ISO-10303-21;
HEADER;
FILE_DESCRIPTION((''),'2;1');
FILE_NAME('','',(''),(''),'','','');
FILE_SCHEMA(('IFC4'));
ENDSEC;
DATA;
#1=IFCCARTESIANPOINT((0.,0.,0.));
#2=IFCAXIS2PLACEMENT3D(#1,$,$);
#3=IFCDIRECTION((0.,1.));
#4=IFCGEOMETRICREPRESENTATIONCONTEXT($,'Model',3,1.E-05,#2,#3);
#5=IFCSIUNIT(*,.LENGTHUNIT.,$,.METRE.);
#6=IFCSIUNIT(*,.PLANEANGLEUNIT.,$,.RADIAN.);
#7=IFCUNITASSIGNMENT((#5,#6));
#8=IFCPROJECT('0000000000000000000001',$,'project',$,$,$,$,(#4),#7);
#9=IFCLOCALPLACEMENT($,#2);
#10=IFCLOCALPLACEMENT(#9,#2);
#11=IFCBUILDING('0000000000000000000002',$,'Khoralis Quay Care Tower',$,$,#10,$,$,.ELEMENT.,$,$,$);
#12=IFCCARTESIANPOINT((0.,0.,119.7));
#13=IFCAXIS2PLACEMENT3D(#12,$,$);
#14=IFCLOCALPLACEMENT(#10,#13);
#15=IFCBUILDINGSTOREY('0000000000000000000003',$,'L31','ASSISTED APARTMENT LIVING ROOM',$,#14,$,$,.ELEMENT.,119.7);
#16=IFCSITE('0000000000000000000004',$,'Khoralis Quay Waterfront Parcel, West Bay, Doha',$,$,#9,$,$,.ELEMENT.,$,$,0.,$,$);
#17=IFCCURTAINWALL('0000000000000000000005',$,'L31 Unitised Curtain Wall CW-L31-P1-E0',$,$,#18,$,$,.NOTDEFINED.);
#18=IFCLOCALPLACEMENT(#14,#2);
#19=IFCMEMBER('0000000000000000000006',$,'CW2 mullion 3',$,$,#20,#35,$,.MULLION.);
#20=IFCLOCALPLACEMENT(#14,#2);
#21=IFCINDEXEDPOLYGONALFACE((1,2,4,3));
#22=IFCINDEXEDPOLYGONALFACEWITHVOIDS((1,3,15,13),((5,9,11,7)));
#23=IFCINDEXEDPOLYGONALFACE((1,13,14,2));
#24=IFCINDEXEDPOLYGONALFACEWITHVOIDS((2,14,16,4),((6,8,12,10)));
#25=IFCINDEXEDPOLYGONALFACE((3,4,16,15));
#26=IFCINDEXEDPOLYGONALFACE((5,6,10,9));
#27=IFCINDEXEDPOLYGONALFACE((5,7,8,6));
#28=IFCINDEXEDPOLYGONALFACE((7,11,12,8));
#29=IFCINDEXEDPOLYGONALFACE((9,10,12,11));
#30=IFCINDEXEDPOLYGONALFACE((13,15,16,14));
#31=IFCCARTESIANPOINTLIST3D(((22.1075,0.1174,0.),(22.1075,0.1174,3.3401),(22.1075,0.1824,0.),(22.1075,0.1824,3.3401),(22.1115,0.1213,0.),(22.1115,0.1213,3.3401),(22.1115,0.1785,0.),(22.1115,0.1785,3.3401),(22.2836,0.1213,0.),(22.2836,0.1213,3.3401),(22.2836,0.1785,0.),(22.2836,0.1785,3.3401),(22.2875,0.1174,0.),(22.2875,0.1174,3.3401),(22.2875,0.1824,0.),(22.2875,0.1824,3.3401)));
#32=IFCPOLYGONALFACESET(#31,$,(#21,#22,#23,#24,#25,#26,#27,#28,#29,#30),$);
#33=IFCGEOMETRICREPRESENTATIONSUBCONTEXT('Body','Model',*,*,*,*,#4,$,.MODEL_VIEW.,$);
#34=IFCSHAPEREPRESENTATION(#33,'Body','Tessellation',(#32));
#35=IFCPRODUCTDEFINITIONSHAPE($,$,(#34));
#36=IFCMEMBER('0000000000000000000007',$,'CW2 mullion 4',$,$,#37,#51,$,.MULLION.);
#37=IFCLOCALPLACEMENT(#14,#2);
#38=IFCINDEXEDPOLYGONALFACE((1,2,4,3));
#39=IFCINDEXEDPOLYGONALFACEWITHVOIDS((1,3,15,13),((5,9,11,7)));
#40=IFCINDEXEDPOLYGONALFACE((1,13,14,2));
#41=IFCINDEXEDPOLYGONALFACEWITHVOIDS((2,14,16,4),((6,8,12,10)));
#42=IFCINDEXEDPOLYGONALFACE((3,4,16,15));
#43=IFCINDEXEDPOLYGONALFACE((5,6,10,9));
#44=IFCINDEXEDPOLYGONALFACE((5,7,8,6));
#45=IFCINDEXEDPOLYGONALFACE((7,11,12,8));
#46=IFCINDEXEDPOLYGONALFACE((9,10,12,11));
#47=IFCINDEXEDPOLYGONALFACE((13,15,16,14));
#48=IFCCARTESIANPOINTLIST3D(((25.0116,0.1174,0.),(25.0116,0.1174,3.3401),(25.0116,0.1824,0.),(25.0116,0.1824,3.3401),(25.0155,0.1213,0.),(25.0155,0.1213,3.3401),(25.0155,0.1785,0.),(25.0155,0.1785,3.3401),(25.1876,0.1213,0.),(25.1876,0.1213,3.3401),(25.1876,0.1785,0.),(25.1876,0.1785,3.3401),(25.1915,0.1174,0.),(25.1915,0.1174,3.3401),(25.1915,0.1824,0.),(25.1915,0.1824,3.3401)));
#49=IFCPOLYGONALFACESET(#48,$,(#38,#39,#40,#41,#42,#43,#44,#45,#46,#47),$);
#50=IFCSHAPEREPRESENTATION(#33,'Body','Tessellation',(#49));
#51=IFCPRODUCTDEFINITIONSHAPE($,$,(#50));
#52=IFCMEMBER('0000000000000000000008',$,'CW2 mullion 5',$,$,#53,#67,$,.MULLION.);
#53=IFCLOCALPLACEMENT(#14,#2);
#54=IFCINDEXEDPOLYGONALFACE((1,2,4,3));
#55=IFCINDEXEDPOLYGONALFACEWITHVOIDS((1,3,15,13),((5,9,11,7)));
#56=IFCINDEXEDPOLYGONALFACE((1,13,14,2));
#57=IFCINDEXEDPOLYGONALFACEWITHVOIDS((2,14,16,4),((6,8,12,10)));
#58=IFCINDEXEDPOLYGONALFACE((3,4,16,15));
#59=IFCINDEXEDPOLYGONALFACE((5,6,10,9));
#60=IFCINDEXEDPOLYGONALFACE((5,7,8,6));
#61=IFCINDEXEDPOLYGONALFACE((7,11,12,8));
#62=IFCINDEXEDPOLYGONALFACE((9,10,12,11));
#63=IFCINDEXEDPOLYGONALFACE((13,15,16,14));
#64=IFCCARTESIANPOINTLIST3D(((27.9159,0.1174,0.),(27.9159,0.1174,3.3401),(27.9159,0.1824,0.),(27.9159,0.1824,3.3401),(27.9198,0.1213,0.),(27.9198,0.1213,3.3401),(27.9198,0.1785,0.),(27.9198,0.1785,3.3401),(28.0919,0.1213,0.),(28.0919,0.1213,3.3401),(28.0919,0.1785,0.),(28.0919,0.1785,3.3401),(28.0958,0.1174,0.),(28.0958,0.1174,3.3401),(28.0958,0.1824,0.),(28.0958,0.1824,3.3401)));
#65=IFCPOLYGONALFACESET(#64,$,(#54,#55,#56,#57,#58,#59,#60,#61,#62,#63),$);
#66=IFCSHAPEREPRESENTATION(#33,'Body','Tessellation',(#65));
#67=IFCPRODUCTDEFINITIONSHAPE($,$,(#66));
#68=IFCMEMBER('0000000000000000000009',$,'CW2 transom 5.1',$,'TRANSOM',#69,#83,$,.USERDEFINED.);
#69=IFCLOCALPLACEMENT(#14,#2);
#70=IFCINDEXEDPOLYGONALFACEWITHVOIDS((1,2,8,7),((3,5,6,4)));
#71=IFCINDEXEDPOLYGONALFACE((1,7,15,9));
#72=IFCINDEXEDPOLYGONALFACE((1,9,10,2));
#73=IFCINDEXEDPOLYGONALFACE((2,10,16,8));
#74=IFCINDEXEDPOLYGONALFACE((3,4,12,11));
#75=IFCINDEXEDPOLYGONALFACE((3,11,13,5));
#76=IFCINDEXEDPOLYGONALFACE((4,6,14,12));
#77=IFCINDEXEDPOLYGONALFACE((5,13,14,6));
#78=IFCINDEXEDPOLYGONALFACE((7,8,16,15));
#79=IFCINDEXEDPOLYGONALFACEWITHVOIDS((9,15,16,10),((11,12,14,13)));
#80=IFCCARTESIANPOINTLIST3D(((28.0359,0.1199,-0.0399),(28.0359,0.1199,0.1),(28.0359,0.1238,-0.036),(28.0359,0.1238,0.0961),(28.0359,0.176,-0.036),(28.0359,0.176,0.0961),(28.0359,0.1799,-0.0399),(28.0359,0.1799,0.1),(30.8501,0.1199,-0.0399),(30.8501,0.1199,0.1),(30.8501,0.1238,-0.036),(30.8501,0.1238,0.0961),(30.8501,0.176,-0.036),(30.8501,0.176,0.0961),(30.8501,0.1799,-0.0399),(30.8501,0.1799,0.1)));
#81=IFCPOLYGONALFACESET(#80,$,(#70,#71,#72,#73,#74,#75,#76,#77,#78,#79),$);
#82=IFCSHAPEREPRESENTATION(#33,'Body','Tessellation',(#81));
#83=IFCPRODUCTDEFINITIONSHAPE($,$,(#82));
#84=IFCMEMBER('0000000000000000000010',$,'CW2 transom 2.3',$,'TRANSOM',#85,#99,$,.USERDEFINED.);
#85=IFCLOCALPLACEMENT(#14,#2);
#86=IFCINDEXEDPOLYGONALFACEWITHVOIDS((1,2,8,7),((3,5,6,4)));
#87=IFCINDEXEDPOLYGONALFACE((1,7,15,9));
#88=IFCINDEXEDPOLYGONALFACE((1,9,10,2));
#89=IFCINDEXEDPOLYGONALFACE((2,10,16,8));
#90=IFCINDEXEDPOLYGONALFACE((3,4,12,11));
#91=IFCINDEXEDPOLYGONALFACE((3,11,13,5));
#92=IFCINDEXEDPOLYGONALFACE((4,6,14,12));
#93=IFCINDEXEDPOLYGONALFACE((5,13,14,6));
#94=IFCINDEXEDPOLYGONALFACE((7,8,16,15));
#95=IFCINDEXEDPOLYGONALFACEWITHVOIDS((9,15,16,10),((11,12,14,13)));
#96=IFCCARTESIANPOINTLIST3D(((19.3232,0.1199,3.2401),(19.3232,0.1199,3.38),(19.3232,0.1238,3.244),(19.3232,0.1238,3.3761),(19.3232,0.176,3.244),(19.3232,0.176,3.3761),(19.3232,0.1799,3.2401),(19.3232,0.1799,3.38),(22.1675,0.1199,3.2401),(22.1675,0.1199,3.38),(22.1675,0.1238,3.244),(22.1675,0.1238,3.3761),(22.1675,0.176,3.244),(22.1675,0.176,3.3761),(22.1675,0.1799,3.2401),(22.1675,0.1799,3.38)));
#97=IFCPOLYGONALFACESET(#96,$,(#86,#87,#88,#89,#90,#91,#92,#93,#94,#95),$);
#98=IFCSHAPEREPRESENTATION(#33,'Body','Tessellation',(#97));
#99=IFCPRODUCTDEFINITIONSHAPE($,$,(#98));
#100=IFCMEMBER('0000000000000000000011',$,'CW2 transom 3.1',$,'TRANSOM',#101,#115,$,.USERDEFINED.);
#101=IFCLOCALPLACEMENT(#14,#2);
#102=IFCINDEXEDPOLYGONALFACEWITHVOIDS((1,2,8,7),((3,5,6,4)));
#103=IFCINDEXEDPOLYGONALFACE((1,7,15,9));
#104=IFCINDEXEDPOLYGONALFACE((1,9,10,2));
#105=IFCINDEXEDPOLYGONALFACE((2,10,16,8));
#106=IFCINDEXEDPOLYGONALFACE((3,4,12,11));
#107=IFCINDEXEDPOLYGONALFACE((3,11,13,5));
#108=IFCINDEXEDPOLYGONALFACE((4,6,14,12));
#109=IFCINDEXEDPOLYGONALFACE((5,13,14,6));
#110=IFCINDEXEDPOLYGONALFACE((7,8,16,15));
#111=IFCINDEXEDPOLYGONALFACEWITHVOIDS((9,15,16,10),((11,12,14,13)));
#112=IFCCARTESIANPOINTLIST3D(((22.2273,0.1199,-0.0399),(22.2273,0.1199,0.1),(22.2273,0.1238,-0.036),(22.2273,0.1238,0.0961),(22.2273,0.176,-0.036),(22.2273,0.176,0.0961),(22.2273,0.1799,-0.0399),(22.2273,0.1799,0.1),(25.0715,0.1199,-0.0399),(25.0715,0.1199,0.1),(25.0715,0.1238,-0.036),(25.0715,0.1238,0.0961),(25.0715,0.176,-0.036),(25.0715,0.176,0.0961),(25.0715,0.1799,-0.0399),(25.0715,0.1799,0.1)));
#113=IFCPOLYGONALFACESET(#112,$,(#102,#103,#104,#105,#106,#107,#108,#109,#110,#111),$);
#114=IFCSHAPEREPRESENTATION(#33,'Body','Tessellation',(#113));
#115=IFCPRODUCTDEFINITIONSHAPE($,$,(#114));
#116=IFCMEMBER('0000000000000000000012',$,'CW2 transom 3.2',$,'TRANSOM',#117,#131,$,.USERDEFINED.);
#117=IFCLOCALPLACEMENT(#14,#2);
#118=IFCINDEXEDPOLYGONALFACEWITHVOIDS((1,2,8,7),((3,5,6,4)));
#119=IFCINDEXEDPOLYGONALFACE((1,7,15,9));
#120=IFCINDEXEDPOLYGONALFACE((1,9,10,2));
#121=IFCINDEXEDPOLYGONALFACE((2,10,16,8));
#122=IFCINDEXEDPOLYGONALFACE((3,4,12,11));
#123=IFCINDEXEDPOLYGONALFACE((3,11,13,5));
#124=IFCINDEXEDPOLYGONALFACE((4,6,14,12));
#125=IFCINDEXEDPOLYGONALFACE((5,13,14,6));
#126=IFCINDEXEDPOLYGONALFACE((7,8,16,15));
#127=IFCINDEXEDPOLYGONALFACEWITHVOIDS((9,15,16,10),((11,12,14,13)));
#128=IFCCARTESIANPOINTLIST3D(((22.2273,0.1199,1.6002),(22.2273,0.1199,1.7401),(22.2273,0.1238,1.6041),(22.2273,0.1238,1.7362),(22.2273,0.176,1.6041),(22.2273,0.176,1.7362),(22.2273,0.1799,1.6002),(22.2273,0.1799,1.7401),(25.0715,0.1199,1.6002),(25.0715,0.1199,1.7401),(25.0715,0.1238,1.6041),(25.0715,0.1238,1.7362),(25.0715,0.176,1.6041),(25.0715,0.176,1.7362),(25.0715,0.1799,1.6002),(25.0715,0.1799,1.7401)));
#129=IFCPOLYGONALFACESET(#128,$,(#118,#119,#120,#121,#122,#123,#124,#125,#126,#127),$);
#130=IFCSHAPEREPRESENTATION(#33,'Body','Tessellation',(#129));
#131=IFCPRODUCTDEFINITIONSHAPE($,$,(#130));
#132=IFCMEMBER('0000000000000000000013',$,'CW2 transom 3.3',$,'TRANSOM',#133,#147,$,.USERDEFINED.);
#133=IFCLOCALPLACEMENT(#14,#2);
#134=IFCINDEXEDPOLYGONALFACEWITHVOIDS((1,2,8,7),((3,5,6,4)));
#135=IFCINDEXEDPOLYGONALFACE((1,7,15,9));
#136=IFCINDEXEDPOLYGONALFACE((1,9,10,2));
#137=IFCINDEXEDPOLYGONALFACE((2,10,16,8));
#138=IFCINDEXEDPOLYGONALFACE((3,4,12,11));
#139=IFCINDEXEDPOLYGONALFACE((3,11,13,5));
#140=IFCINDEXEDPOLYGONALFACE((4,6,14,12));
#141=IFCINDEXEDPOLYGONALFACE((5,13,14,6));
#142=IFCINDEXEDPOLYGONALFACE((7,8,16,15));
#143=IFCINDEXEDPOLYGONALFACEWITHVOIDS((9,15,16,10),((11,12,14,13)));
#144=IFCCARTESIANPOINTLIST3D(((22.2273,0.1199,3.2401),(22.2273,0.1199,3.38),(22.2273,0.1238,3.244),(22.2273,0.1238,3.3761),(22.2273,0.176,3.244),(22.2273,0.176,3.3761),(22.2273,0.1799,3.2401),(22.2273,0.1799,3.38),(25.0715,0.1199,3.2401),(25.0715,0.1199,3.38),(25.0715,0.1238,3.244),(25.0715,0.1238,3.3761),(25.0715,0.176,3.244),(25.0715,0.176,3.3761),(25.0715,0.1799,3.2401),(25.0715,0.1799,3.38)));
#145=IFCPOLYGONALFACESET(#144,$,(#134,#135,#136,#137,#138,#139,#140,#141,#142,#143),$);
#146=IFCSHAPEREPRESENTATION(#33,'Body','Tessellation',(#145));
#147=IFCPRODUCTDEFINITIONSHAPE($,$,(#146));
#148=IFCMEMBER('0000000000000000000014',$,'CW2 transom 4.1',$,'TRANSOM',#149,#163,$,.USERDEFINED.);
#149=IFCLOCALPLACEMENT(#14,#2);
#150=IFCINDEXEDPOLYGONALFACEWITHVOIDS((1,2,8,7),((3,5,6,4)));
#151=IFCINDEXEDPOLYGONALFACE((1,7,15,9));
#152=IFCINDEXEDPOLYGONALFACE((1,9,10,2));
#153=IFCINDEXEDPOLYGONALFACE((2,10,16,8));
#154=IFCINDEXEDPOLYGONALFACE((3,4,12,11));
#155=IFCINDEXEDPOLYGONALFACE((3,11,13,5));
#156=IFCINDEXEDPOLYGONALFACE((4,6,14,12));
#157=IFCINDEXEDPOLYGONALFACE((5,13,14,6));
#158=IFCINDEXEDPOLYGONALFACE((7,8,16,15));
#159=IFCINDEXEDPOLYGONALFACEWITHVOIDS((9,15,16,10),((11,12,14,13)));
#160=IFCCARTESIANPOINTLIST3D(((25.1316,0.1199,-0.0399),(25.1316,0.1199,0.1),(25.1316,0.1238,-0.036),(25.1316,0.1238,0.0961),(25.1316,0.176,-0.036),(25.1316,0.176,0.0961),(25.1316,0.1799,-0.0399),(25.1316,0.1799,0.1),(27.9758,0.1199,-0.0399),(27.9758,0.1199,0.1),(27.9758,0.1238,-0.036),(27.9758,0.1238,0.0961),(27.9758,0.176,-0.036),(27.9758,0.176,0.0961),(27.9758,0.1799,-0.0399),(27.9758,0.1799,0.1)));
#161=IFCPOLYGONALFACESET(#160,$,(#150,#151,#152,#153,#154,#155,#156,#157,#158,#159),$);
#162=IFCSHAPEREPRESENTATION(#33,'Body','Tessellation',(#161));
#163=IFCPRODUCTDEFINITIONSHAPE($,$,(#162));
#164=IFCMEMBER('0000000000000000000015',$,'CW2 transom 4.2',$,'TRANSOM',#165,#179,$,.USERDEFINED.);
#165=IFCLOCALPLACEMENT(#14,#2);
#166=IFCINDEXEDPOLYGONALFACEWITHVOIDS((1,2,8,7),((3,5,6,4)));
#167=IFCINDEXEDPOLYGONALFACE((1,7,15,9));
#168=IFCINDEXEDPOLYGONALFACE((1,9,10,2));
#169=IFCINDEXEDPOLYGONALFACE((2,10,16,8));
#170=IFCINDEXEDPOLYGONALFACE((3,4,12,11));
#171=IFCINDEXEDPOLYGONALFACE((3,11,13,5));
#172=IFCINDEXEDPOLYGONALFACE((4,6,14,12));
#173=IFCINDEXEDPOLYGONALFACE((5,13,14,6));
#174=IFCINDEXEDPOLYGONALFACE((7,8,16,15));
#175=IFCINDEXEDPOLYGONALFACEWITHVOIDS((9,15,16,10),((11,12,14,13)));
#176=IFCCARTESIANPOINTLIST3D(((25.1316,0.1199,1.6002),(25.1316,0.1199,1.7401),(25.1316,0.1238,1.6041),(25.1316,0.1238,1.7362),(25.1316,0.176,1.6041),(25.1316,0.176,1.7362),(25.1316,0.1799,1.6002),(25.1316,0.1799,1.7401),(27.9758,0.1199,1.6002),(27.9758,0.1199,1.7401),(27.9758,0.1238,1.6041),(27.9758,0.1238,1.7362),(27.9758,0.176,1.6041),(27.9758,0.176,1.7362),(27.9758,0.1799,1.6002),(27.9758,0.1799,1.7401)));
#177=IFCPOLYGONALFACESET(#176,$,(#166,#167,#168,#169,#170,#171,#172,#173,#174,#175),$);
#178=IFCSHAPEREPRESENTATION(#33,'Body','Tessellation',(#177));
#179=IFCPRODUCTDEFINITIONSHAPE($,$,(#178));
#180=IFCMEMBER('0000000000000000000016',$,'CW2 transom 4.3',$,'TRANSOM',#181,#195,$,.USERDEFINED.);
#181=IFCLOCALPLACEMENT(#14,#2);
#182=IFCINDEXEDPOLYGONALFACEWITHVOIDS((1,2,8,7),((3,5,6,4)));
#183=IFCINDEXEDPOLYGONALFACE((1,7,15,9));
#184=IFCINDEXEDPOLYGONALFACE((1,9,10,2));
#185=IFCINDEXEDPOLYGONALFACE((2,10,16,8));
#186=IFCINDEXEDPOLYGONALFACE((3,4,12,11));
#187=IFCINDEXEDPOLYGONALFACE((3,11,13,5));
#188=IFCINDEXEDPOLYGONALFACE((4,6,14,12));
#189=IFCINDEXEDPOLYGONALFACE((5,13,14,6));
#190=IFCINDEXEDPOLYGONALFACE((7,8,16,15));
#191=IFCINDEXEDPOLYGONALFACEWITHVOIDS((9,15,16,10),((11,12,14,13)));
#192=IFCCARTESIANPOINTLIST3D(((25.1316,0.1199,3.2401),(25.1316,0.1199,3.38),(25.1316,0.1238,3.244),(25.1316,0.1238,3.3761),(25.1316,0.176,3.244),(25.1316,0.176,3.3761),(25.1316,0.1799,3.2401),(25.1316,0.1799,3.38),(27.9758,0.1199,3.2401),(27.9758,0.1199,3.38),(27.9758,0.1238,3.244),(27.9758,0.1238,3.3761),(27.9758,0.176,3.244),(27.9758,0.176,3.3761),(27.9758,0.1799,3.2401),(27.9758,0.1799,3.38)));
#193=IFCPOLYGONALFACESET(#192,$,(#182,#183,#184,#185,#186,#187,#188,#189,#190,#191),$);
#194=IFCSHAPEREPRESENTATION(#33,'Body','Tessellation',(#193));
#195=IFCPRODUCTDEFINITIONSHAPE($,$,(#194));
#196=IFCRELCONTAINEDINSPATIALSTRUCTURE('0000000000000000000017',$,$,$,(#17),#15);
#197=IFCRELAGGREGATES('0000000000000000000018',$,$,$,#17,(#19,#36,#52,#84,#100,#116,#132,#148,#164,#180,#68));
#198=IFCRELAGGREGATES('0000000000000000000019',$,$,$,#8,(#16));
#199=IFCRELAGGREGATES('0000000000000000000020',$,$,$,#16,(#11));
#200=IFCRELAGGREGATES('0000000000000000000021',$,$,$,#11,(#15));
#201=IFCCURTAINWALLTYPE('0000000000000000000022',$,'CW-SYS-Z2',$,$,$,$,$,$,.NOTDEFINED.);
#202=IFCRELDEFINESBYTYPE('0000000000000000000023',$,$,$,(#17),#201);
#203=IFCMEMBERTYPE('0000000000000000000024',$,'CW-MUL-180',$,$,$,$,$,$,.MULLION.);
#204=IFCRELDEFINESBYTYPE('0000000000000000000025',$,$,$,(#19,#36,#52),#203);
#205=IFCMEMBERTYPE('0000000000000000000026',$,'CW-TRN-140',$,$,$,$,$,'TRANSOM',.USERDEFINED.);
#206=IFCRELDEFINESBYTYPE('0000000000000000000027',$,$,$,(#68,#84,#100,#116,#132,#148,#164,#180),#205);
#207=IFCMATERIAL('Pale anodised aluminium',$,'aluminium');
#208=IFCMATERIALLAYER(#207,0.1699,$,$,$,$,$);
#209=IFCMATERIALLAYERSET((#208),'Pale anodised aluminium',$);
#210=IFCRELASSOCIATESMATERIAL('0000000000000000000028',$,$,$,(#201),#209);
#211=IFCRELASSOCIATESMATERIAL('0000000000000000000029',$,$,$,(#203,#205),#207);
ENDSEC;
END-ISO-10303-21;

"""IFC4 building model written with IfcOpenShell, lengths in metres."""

from ifc_helpers import new_model, si_unit, direction, frame, origin, origin_2d, place, context, subcontext, project, spatial, hollow_rectangle, extrude, source, transform, mapped, material, layer, layer_set, material_profile, profile_set, type_object, element, aggregate, save


model = new_model("IFC4")

# Units and contexts
model_context = context("Model", 3, precision=1e-05, world=origin(), true_north=direction((0.0, 1.0)))
body_context = subcontext(model_context, "Body", "Model", "MODEL_VIEW")
ifc_project = project(units=[si_unit("LENGTHUNIT", "METRE"), si_unit("PLANEANGLEUNIT", "RADIAN")], contexts=[model_context])

# Site, building, storey
site_placement = place(None, origin())
site = spatial("IfcSite", under=ifc_project, at=site_placement, Name="Khoralis Quay Waterfront Parcel, West Bay, Doha", CompositionType="ELEMENT", RefElevation=0.0)
building_placement = place(site_placement, origin())
building = spatial("IfcBuilding", under=site, at=building_placement, Name="Khoralis Quay Care Tower", CompositionType="ELEMENT")
storey_placement = place(building_placement, frame((0.0, 0.0, 119.7)))
storey = spatial("IfcBuildingStorey", under=building, at=storey_placement, Name="L31", Description="ASSISTED APARTMENT LIVING ROOM", CompositionType="ELEMENT", Elevation=119.7)

# Curtain wall, members
ifc_material_1 = material(Name="Pale anodised aluminium", Category="aluminium")
ifc_layer_1 = layer(ifc_material_1, 0.1699)
ifc_layer_set_1 = layer_set([ifc_layer_1], Name="Pale anodised aluminium")
curtain_wall_type = type_object("IfcCurtainWallType", Name="CW-SYS-Z2", PredefinedType="NOTDEFINED", material=ifc_layer_set_1)
curtain_wall_placement = place(storey_placement, origin())
curtain_wall = element("IfcCurtainWall", 1, at=curtain_wall_placement, inside=storey, type_object=curtain_wall_type, Name="L31 Unitised Curtain Wall CW-L31-P1-E0", PredefinedType="NOTDEFINED")
ifc_material_profile_1 = material_profile(ifc_material_1, hollow_rectangle(XDim=0.0649, YDim=0.1799, WallThickness=0.0039, at=origin_2d()), Name="Pale anodised aluminium")
ifc_profile_set_1 = profile_set([ifc_material_profile_1], Name="Pale anodised aluminium")
member_type_1 = type_object("IfcMemberType", Name="CW-MUL-180", PredefinedType="MULLION", material=ifc_profile_set_1)
shared_shape_1 = source(origin(), body_context, "Body", "SweptSolid", [
    extrude(hollow_rectangle(XDim=0.0649, YDim=0.1799, WallThickness=0.0039, at=origin_2d()), origin(), (0.0, 0.0, 1.0), 3.3401),
])
member_1_placement = place(storey_placement, frame((22.1975, 0.1499, 0.0), z_axis=(0.0, 0.0, 1.0), x_axis=(0.0, 1.0, 0.0)))
member_1 = element("IfcMember", 2, at=member_1_placement, type_object=member_type_1, Name="CW2 mullion 3", PredefinedType="MULLION", context=body_context, shape_type="MappedRepresentation", body=[
    mapped(shared_shape_1, transform((0.0, 0.0, 0.0), scale=1.0)),
])
member_2_placement = place(storey_placement, frame((25.1016, 0.1499, 0.0), z_axis=(0.0, 0.0, 1.0), x_axis=(0.0, 1.0, 0.0)))
member_2 = element("IfcMember", 3, at=member_2_placement, type_object=member_type_1, Name="CW2 mullion 4", PredefinedType="MULLION", context=body_context, shape_type="MappedRepresentation", body=[
    mapped(shared_shape_1, transform((0.0, 0.0, 0.0), scale=1.0)),
])
member_3_placement = place(storey_placement, frame((28.0059, 0.1499, 0.0), z_axis=(0.0, 0.0, 1.0), x_axis=(0.0, 1.0, 0.0)))
member_3 = element("IfcMember", 4, at=member_3_placement, type_object=member_type_1, Name="CW2 mullion 5", PredefinedType="MULLION", context=body_context, shape_type="MappedRepresentation", body=[
    mapped(shared_shape_1, transform((0.0, 0.0, 0.0), scale=1.0)),
])
ifc_material_profile_2 = material_profile(ifc_material_1, hollow_rectangle(XDim=0.0601, YDim=0.1399, WallThickness=0.0039, at=origin_2d()), Name="Pale anodised aluminium")
ifc_profile_set_2 = profile_set([ifc_material_profile_2], Name="Pale anodised aluminium")
member_type_2 = type_object("IfcMemberType", Name="CW-TRN-140", ElementType="TRANSOM", PredefinedType="USERDEFINED", material=ifc_profile_set_2)
shared_shape_2 = source(origin(), body_context, "Body", "SweptSolid", [
    extrude(hollow_rectangle(XDim=0.0601, YDim=0.1399, WallThickness=0.0039, at=origin_2d()), origin(), (0.0, 0.0, 1.0), 2.8142),
])
member_4_placement = place(storey_placement, frame((28.0359, 0.1499, 0.03), z_axis=(1.0, 0.0, 0.0), x_axis=(0.0, 1.0, 0.0)))
member_4 = element("IfcMember", 5, at=member_4_placement, type_object=member_type_2, Name="CW2 transom 5.1", ObjectType="TRANSOM", PredefinedType="USERDEFINED", context=body_context, shape_type="MappedRepresentation", body=[
    mapped(shared_shape_2, transform((0.0, 0.0, 0.0), scale=1.0)),
])
shared_shape_3 = source(origin(), body_context, "Body", "SweptSolid", [
    extrude(hollow_rectangle(XDim=0.0601, YDim=0.1399, WallThickness=0.0039, at=origin_2d()), origin(), (0.0, 0.0, 1.0), 2.8442),
])
member_5_placement = place(storey_placement, frame((19.3232, 0.1499, 3.3101), z_axis=(1.0, 0.0, 0.0), x_axis=(0.0, 1.0, 0.0)))
member_5 = element("IfcMember", 6, at=member_5_placement, type_object=member_type_2, Name="CW2 transom 2.3", ObjectType="TRANSOM", PredefinedType="USERDEFINED", context=body_context, shape_type="MappedRepresentation", body=[
    mapped(shared_shape_3, transform((0.0, 0.0, 0.0), scale=1.0)),
])
member_6_placement = place(storey_placement, frame((22.2273, 0.1499, 0.03), z_axis=(1.0, 0.0, 0.0), x_axis=(0.0, 1.0, 0.0)))
member_6 = element("IfcMember", 7, at=member_6_placement, type_object=member_type_2, Name="CW2 transom 3.1", ObjectType="TRANSOM", PredefinedType="USERDEFINED", context=body_context, shape_type="MappedRepresentation", body=[
    mapped(shared_shape_3, transform((0.0, 0.0, 0.0), scale=1.0)),
])
member_7_placement = place(storey_placement, frame((22.2273, 0.1499, 1.6702), z_axis=(1.0, 0.0, 0.0), x_axis=(0.0, 1.0, 0.0)))
member_7 = element("IfcMember", 8, at=member_7_placement, type_object=member_type_2, Name="CW2 transom 3.2", ObjectType="TRANSOM", PredefinedType="USERDEFINED", context=body_context, shape_type="MappedRepresentation", body=[
    mapped(shared_shape_3, transform((0.0, 0.0, 0.0), scale=1.0)),
])
member_8_placement = place(storey_placement, frame((22.2273, 0.1499, 3.3101), z_axis=(1.0, 0.0, 0.0), x_axis=(0.0, 1.0, 0.0)))
member_8 = element("IfcMember", 9, at=member_8_placement, type_object=member_type_2, Name="CW2 transom 3.3", ObjectType="TRANSOM", PredefinedType="USERDEFINED", context=body_context, shape_type="MappedRepresentation", body=[
    mapped(shared_shape_3, transform((0.0, 0.0, 0.0), scale=1.0)),
])
member_9_placement = place(storey_placement, frame((25.1316, 0.1499, 0.03), z_axis=(1.0, 0.0, 0.0), x_axis=(0.0, 1.0, 0.0)))
member_9 = element("IfcMember", 10, at=member_9_placement, type_object=member_type_2, Name="CW2 transom 4.1", ObjectType="TRANSOM", PredefinedType="USERDEFINED", context=body_context, shape_type="MappedRepresentation", body=[
    mapped(shared_shape_3, transform((0.0, 0.0, 0.0), scale=1.0)),
])
member_10_placement = place(storey_placement, frame((25.1316, 0.1499, 1.6702), z_axis=(1.0, 0.0, 0.0), x_axis=(0.0, 1.0, 0.0)))
member_10 = element("IfcMember", 11, at=member_10_placement, type_object=member_type_2, Name="CW2 transom 4.2", ObjectType="TRANSOM", PredefinedType="USERDEFINED", context=body_context, shape_type="MappedRepresentation", body=[
    mapped(shared_shape_3, transform((0.0, 0.0, 0.0), scale=1.0)),
])
member_11_placement = place(storey_placement, frame((25.1316, 0.1499, 3.3101), z_axis=(1.0, 0.0, 0.0), x_axis=(0.0, 1.0, 0.0)))
member_11 = element("IfcMember", 12, at=member_11_placement, type_object=member_type_2, Name="CW2 transom 4.3", ObjectType="TRANSOM", PredefinedType="USERDEFINED", context=body_context, shape_type="MappedRepresentation", body=[
    mapped(shared_shape_3, transform((0.0, 0.0, 0.0), scale=1.0)),
])
aggregate(curtain_wall, [member_1, member_2, member_3, member_5, member_6, member_7, member_8, member_9, member_10, member_11, member_4])

save(model, "model.ifc")
